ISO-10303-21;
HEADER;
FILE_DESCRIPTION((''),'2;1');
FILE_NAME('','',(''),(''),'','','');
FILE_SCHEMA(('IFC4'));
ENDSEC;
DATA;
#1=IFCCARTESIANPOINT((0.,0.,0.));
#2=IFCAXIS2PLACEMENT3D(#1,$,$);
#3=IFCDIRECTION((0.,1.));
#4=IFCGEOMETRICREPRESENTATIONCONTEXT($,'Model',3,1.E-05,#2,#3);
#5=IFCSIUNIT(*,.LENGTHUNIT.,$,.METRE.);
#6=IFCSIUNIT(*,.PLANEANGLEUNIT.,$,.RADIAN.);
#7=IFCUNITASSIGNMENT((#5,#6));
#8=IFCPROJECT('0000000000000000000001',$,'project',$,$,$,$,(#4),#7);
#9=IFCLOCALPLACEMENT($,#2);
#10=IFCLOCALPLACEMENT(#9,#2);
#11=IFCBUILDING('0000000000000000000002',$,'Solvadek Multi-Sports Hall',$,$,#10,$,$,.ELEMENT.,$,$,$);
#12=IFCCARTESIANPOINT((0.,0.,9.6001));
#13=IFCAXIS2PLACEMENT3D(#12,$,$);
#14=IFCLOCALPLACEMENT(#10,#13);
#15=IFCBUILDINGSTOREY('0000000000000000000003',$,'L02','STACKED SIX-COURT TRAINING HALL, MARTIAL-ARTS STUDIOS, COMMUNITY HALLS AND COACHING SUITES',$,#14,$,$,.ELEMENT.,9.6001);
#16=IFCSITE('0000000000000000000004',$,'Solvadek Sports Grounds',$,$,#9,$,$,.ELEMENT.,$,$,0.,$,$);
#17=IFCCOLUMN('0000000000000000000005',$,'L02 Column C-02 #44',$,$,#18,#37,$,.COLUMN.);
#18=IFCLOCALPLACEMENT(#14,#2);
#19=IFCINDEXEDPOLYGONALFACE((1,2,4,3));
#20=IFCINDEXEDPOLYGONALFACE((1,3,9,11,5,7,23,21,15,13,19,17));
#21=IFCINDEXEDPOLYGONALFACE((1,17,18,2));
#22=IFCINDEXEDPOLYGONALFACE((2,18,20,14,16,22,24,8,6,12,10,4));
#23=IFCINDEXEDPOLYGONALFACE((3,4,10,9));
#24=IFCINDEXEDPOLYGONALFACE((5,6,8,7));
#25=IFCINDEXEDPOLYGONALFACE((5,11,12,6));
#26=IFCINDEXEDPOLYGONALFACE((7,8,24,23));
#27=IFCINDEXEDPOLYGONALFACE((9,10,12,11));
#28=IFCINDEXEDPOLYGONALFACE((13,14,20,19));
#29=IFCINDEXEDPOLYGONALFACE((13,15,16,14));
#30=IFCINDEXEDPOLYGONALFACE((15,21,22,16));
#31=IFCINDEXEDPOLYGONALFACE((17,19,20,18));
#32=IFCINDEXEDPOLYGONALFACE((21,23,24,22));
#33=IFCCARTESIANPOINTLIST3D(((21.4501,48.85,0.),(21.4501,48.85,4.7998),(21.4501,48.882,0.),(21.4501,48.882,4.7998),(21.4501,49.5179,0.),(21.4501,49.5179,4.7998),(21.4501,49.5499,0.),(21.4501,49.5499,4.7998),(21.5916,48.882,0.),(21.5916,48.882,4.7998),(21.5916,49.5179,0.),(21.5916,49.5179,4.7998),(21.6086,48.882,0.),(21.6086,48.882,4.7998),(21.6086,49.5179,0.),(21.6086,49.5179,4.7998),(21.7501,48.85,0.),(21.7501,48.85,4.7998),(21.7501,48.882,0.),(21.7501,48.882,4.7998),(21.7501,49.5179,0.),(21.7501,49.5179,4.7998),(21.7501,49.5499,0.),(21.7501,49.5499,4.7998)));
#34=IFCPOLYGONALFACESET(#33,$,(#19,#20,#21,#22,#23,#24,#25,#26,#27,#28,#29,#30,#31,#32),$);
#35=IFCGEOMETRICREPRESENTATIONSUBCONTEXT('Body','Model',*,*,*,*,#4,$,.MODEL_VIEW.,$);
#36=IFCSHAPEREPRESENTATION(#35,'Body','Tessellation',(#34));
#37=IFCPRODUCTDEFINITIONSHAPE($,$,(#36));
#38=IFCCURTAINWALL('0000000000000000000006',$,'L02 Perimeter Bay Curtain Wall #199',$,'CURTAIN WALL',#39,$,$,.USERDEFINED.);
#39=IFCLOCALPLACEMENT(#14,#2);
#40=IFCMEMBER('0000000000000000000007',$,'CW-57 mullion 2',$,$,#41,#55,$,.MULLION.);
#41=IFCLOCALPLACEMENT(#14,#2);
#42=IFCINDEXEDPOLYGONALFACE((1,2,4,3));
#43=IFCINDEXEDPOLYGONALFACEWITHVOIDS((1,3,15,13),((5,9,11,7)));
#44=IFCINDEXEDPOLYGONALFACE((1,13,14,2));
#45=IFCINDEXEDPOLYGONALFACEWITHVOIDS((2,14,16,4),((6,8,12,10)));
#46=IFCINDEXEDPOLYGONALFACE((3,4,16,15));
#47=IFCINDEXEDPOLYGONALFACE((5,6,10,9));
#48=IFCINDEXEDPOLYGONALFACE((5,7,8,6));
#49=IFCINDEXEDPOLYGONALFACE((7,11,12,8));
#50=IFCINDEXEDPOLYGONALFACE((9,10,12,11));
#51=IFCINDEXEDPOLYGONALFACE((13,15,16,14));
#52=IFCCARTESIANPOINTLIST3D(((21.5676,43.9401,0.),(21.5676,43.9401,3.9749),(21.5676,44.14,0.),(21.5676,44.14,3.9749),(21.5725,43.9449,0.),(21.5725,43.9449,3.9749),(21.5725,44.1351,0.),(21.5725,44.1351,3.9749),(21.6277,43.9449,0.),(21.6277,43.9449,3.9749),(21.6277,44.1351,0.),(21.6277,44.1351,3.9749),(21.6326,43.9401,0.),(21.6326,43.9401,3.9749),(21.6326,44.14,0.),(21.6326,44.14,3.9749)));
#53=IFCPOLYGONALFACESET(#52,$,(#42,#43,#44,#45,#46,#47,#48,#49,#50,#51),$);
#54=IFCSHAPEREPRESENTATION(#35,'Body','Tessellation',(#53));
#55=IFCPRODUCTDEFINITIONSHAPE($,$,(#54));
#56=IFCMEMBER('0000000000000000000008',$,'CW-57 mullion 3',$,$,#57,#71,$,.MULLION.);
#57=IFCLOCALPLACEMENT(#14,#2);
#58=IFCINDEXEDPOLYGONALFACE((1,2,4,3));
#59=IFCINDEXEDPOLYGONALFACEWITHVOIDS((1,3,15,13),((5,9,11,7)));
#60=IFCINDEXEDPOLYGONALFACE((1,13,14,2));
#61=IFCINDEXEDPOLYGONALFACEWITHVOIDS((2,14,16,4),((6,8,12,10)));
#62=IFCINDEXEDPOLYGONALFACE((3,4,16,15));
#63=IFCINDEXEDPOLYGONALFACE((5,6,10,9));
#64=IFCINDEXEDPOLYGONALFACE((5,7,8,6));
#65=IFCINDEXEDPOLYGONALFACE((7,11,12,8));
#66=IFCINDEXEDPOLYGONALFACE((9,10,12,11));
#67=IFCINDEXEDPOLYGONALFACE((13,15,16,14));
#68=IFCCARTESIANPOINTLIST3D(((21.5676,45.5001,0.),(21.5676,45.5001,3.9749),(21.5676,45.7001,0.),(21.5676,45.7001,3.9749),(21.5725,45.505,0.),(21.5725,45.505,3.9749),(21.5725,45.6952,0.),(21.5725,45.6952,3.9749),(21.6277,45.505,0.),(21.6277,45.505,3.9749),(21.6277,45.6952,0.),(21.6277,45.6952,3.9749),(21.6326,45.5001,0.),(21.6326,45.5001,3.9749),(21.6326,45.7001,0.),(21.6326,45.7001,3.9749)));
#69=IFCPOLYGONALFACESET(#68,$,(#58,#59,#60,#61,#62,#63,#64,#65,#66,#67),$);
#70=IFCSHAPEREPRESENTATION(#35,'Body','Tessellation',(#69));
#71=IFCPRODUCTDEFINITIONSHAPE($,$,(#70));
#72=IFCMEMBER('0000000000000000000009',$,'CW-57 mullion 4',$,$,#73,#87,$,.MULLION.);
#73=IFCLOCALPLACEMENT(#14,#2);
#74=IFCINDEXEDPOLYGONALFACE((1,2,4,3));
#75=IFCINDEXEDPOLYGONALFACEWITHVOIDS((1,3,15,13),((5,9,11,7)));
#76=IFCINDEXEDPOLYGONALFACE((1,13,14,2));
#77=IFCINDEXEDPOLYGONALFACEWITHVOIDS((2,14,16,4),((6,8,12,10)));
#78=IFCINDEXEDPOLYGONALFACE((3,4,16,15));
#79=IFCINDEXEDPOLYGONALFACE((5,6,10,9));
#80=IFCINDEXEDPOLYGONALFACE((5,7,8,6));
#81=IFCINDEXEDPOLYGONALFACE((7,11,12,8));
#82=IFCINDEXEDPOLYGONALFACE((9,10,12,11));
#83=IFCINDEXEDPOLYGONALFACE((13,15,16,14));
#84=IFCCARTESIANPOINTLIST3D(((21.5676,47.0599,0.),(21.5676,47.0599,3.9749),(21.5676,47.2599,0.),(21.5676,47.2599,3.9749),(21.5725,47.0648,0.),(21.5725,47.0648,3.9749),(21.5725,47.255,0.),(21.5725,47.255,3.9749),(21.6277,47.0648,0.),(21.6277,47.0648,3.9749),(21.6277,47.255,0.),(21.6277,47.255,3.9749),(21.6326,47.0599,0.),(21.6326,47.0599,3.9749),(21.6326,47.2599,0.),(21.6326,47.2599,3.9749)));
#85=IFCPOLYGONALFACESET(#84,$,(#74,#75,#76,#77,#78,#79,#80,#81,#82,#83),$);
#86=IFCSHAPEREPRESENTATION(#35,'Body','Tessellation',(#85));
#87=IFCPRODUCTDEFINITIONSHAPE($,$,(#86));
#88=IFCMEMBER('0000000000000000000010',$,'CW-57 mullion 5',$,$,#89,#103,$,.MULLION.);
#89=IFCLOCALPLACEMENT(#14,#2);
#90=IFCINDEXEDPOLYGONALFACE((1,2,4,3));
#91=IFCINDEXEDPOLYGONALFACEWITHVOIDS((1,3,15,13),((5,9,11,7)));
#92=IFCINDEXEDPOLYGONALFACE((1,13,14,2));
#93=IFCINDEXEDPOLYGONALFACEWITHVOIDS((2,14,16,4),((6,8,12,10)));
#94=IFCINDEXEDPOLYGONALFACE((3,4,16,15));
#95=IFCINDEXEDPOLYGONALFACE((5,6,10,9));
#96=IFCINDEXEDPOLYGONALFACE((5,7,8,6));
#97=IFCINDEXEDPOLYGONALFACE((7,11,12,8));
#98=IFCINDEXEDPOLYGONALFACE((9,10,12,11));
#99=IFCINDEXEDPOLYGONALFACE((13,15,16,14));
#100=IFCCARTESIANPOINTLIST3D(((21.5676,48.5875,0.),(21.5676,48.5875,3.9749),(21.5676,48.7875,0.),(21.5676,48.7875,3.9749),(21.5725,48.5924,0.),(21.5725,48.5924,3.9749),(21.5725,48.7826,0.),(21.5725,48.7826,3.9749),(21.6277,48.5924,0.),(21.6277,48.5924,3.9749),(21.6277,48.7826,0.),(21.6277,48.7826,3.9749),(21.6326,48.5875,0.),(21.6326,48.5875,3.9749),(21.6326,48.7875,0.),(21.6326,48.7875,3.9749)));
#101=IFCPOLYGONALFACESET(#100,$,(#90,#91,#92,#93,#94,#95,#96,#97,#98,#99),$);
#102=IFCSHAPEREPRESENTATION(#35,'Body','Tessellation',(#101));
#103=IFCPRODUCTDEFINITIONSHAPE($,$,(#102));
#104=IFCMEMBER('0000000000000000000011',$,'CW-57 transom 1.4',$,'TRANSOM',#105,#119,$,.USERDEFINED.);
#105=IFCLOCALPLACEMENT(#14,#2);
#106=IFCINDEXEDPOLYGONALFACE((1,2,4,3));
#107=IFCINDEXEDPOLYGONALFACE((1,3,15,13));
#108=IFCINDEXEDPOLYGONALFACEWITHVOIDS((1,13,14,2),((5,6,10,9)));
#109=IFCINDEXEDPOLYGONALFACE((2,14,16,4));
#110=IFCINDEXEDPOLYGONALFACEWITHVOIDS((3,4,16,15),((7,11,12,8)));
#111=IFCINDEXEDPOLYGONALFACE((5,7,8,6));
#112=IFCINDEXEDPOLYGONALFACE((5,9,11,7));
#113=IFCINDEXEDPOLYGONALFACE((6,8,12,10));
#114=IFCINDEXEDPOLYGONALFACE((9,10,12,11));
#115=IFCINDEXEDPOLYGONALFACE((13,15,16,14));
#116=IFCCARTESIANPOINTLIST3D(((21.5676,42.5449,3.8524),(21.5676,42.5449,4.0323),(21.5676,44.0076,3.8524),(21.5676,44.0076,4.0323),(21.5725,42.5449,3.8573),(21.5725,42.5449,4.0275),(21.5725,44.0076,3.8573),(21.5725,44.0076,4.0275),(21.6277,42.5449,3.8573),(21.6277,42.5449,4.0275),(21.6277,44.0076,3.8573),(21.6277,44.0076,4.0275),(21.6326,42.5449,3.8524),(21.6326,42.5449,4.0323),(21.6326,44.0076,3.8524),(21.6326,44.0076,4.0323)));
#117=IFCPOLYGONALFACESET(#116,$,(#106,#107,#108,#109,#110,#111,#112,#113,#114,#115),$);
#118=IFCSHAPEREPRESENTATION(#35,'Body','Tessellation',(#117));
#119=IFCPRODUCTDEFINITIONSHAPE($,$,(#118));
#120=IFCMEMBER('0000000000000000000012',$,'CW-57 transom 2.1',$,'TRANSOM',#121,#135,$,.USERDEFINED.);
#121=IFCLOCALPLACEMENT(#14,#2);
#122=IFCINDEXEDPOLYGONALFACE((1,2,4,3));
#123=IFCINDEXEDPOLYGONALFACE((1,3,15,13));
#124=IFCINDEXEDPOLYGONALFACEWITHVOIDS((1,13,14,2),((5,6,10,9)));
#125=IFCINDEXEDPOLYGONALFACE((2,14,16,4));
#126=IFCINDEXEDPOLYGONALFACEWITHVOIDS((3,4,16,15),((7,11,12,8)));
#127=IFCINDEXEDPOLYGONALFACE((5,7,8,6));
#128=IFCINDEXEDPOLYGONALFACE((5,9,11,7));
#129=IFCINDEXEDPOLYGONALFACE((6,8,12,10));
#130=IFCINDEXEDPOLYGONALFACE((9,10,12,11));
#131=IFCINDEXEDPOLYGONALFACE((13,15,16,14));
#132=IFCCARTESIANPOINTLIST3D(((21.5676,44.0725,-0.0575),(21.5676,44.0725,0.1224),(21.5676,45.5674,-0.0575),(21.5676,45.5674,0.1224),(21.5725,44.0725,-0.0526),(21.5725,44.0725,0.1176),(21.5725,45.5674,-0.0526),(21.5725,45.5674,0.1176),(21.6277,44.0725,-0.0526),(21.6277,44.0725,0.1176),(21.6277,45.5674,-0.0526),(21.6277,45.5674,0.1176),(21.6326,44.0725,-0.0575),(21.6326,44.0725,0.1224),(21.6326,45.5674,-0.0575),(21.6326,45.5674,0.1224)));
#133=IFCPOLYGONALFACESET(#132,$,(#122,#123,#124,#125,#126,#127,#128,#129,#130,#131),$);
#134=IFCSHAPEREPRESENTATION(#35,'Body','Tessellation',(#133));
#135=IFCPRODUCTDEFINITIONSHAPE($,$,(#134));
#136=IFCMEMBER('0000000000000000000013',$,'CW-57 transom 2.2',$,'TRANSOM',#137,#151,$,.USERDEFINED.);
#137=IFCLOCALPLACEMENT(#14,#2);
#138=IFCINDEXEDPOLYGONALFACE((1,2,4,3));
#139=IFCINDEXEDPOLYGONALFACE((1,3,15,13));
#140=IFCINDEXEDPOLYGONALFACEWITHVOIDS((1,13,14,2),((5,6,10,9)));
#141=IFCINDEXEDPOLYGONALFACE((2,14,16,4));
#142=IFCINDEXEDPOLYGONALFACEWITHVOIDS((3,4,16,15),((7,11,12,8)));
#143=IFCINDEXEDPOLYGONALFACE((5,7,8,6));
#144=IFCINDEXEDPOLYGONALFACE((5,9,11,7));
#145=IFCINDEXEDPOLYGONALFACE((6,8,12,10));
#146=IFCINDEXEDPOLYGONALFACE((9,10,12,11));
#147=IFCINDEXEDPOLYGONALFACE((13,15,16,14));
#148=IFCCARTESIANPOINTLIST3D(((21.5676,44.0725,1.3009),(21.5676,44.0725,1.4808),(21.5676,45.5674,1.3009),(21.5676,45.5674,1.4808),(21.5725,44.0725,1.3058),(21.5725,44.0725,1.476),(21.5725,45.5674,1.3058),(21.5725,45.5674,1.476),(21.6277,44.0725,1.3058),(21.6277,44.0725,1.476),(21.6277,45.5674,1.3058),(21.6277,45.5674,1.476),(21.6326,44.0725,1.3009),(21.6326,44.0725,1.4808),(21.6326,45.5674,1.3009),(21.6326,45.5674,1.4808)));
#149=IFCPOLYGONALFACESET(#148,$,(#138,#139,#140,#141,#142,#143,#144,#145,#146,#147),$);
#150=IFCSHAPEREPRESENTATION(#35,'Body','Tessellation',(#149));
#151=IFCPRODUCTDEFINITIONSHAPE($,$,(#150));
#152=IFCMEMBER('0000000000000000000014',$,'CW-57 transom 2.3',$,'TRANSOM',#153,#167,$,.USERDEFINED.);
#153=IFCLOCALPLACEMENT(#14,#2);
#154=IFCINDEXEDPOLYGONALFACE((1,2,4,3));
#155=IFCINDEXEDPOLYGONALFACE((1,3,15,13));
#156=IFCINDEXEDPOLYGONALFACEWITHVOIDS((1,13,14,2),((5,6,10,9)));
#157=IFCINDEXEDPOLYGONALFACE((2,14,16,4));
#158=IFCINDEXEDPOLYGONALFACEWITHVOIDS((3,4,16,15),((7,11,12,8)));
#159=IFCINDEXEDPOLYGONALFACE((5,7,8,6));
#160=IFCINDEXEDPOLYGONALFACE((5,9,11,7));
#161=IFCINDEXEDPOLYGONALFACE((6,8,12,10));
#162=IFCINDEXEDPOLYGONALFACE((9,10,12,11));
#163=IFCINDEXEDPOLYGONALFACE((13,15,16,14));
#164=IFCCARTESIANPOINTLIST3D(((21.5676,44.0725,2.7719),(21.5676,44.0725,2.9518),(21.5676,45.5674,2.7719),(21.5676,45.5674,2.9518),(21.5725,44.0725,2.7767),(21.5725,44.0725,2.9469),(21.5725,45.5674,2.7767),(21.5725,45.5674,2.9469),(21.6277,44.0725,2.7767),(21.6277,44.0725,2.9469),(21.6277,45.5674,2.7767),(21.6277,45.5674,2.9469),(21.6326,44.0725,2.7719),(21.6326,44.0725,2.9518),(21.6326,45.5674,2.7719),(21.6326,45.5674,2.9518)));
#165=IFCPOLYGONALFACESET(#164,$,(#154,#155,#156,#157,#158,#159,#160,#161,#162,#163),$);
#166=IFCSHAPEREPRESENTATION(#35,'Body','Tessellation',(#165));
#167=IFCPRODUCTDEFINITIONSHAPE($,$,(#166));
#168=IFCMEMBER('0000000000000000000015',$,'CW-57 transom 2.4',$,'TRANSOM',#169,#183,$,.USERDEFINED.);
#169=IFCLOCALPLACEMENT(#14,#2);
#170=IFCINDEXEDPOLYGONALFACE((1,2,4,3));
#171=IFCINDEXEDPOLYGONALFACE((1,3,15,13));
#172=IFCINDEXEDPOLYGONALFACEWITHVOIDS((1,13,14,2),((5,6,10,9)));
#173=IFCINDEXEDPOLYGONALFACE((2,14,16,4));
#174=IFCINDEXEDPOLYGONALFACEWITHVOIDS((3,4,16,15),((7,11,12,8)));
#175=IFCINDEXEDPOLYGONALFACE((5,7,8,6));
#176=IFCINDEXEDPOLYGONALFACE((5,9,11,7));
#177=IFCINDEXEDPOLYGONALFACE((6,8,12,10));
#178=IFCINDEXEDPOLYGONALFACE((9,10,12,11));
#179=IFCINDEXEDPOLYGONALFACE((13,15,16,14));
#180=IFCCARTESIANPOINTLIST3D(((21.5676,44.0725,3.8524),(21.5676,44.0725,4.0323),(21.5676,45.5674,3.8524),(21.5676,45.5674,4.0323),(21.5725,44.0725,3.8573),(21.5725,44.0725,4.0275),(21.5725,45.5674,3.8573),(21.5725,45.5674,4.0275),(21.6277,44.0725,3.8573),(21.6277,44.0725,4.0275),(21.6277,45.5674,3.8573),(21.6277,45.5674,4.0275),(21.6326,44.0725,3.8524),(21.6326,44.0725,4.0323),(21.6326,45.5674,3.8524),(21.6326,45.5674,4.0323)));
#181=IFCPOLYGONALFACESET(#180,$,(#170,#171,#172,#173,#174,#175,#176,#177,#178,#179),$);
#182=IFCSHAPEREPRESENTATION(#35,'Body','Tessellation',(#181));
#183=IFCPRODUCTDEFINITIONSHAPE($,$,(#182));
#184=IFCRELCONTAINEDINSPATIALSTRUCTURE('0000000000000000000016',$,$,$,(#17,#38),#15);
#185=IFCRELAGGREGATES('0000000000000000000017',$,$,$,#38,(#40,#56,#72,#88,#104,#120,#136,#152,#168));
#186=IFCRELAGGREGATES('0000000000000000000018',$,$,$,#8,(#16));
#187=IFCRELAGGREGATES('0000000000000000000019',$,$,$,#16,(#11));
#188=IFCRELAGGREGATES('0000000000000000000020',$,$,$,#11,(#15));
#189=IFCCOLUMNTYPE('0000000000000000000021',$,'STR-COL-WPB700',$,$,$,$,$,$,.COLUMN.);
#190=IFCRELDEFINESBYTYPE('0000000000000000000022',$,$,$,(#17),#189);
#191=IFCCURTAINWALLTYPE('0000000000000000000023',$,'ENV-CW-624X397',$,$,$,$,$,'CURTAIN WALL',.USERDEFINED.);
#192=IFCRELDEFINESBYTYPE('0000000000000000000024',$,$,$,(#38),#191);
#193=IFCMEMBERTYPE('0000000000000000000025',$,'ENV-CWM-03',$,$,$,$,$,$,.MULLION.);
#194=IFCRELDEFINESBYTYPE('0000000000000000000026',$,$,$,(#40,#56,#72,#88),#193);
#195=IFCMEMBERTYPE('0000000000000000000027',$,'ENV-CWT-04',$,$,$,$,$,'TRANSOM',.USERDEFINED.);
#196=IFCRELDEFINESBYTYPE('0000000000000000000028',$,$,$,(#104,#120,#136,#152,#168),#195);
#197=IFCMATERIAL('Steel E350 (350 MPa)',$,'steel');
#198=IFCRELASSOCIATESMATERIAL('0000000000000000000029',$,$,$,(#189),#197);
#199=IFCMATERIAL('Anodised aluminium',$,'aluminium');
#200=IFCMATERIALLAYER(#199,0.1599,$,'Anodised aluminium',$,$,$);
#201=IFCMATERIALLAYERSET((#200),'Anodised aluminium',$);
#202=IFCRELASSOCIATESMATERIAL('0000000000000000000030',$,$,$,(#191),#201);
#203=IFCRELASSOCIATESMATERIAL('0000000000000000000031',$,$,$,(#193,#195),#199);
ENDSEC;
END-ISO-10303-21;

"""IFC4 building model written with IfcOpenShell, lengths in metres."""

from ifc_helpers import new_model, si_unit, direction, frame, origin, origin_2d, place, context, subcontext, project, spatial, hollow_rectangle, i_section, extrude, material, layer, layer_set, material_profile, profile_set, type_object, element, aggregate, save


model = new_model("IFC4")

# Units and contexts
model_context = context("Model", 3, precision=1e-05, world=origin(), true_north=direction((0.0, 1.0)))
body_context = subcontext(model_context, "Body", "Model", "MODEL_VIEW")
ifc_project = project(units=[si_unit("LENGTHUNIT", "METRE"), si_unit("PLANEANGLEUNIT", "RADIAN")], contexts=[model_context])

# Site, building, storey
site_placement = place(None, origin())
site = spatial("IfcSite", under=ifc_project, at=site_placement, Name="Solvadek Sports Grounds", CompositionType="ELEMENT", RefElevation=0.0)
building_placement = place(site_placement, origin())
building = spatial("IfcBuilding", under=site, at=building_placement, Name="Solvadek Multi-Sports Hall", CompositionType="ELEMENT")
storey_placement = place(building_placement, frame((0.0, 0.0, 9.6001)))
storey = spatial("IfcBuildingStorey", under=building, at=storey_placement, Name="L02", Description="STACKED SIX-COURT TRAINING HALL, MARTIAL-ARTS STUDIOS, COMMUNITY HALLS AND COACHING SUITES", CompositionType="ELEMENT", Elevation=9.6001)

# Column
ifc_material_1 = material(Name="Steel E350 (350 MPa)", Category="steel")
ifc_material_profile_1 = material_profile(ifc_material_1, i_section(OverallWidth=0.3, OverallDepth=0.7, WebThickness=0.0171, FlangeThickness=0.032, at=origin_2d()), Name="WPB 700")
ifc_profile_set_1 = profile_set([ifc_material_profile_1], Name="Steel E350 (350 MPa)")
column_type = type_object("IfcColumnType", Name="STR-COL-WPB700", PredefinedType="COLUMN", material=ifc_profile_set_1)
column_placement = place(storey_placement, frame((21.6001, 49.2, 0.0), z_axis=(0.0, 0.0, 1.0), x_axis=(1.0, 0.0, 0.0)))
element("IfcColumn", 1, at=column_placement, inside=storey, type_object=column_type, Name="L02 Column C-02 #44", PredefinedType="COLUMN", context=body_context, shape_type="SweptSolid", body=[
    extrude(i_section(OverallWidth=0.3, OverallDepth=0.7, WebThickness=0.0171, FlangeThickness=0.032, at=origin_2d()), origin(), (0.0, 0.0, 1.0), 4.7998),
])

# Curtain wall, members
ifc_material_2 = material(Name="Anodised aluminium", Category="aluminium")
ifc_layer_1 = layer(ifc_material_2, 0.1599, Name="Anodised aluminium")
ifc_layer_set_1 = layer_set([ifc_layer_1], Name="Anodised aluminium")
curtain_wall_type = type_object("IfcCurtainWallType", Name="ENV-CW-624X397", ElementType="CURTAIN WALL", PredefinedType="USERDEFINED", material=ifc_layer_set_1)
curtain_wall_placement = place(storey_placement, origin())
curtain_wall = element("IfcCurtainWall", 2, at=curtain_wall_placement, inside=storey, type_object=curtain_wall_type, Name="L02 Perimeter Bay Curtain Wall #199", ObjectType="CURTAIN WALL", PredefinedType="USERDEFINED")
ifc_material_profile_2 = material_profile(ifc_material_2, hollow_rectangle(XDim=0.0649, YDim=0.2, WallThickness=0.0049, at=origin_2d()), Name="ALU-M 200x65x5")
ifc_profile_set_2 = profile_set([ifc_material_profile_2], Name="Anodised aluminium")
member_type_1 = type_object("IfcMemberType", Name="ENV-CWM-03", PredefinedType="MULLION", material=ifc_profile_set_2)
member_1_placement = place(storey_placement, frame((21.6001, 44.04, 0.0), z_axis=(0.0, 0.0, 1.0), x_axis=(-1.0, 0.0, 0.0)))
member_1 = element("IfcMember", 3, at=member_1_placement, type_object=member_type_1, Name="CW-57 mullion 2", PredefinedType="MULLION", context=body_context, shape_type="SweptSolid", body=[
    extrude(hollow_rectangle(XDim=0.0649, YDim=0.2, WallThickness=0.0049, at=origin_2d()), origin(), (0.0, 0.0, 1.0), 3.9749),
])
member_2_placement = place(storey_placement, frame((21.6001, 45.6001, 0.0), z_axis=(0.0, 0.0, 1.0), x_axis=(-1.0, 0.0, 0.0)))
member_2 = element("IfcMember", 4, at=member_2_placement, type_object=member_type_1, Name="CW-57 mullion 3", PredefinedType="MULLION", context=body_context, shape_type="SweptSolid", body=[
    extrude(hollow_rectangle(XDim=0.0649, YDim=0.2, WallThickness=0.0049, at=origin_2d()), origin(), (0.0, 0.0, 1.0), 3.9749),
])
member_3_placement = place(storey_placement, frame((21.6001, 47.1599, 0.0), z_axis=(0.0, 0.0, 1.0), x_axis=(-1.0, 0.0, 0.0)))
member_3 = element("IfcMember", 5, at=member_3_placement, type_object=member_type_1, Name="CW-57 mullion 4", PredefinedType="MULLION", context=body_context, shape_type="SweptSolid", body=[
    extrude(hollow_rectangle(XDim=0.0649, YDim=0.2, WallThickness=0.0049, at=origin_2d()), origin(), (0.0, 0.0, 1.0), 3.9749),
])
member_4_placement = place(storey_placement, frame((21.6001, 48.6875, 0.0), z_axis=(0.0, 0.0, 1.0), x_axis=(-1.0, 0.0, 0.0)))
member_4 = element("IfcMember", 6, at=member_4_placement, type_object=member_type_1, Name="CW-57 mullion 5", PredefinedType="MULLION", context=body_context, shape_type="SweptSolid", body=[
    extrude(hollow_rectangle(XDim=0.0649, YDim=0.2, WallThickness=0.0049, at=origin_2d()), origin(), (0.0, 0.0, 1.0), 3.9749),
])
ifc_material_profile_3 = material_profile(ifc_material_2, hollow_rectangle(XDim=0.0649, YDim=0.1799, WallThickness=0.0049, at=origin_2d()), Name="ALU-T 180x65x5")
ifc_profile_set_3 = profile_set([ifc_material_profile_3], Name="Anodised aluminium")
member_type_2 = type_object("IfcMemberType", Name="ENV-CWT-04", ElementType="TRANSOM", PredefinedType="USERDEFINED", material=ifc_profile_set_3)
member_5_placement = place(storey_placement, frame((21.6001, 42.5449, 3.9424), z_axis=(0.0, 1.0, 0.0), x_axis=(-1.0, 0.0, 0.0)))
member_5 = element("IfcMember", 7, at=member_5_placement, type_object=member_type_2, Name="CW-57 transom 1.4", ObjectType="TRANSOM", PredefinedType="USERDEFINED", context=body_context, shape_type="SweptSolid", body=[
    extrude(hollow_rectangle(XDim=0.0649, YDim=0.1799, WallThickness=0.0049, at=origin_2d()), origin(), (0.0, 0.0, 1.0), 1.4626),
])
member_6_placement = place(storey_placement, frame((21.6001, 44.0725, 0.0325), z_axis=(0.0, 1.0, 0.0), x_axis=(-1.0, 0.0, 0.0)))
member_6 = element("IfcMember", 8, at=member_6_placement, type_object=member_type_2, Name="CW-57 transom 2.1", ObjectType="TRANSOM", PredefinedType="USERDEFINED", context=body_context, shape_type="SweptSolid", body=[
    extrude(hollow_rectangle(XDim=0.0649, YDim=0.1799, WallThickness=0.0049, at=origin_2d()), origin(), (0.0, 0.0, 1.0), 1.4949),
])
member_7_placement = place(storey_placement, frame((21.6001, 44.0725, 1.3909), z_axis=(0.0, 1.0, 0.0), x_axis=(-1.0, 0.0, 0.0)))
member_7 = element("IfcMember", 9, at=member_7_placement, type_object=member_type_2, Name="CW-57 transom 2.2", ObjectType="TRANSOM", PredefinedType="USERDEFINED", context=body_context, shape_type="SweptSolid", body=[
    extrude(hollow_rectangle(XDim=0.0649, YDim=0.1799, WallThickness=0.0049, at=origin_2d()), origin(), (0.0, 0.0, 1.0), 1.4949),
])
member_8_placement = place(storey_placement, frame((21.6001, 44.0725, 2.8618), z_axis=(0.0, 1.0, 0.0), x_axis=(-1.0, 0.0, 0.0)))
member_8 = element("IfcMember", 10, at=member_8_placement, type_object=member_type_2, Name="CW-57 transom 2.3", ObjectType="TRANSOM", PredefinedType="USERDEFINED", context=body_context, shape_type="SweptSolid", body=[
    extrude(hollow_rectangle(XDim=0.0649, YDim=0.1799, WallThickness=0.0049, at=origin_2d()), origin(), (0.0, 0.0, 1.0), 1.4949),
])
member_9_placement = place(storey_placement, frame((21.6001, 44.0725, 3.9424), z_axis=(0.0, 1.0, 0.0), x_axis=(-1.0, 0.0, 0.0)))
member_9 = element("IfcMember", 11, at=member_9_placement, type_object=member_type_2, Name="CW-57 transom 2.4", ObjectType="TRANSOM", PredefinedType="USERDEFINED", context=body_context, shape_type="SweptSolid", body=[
    extrude(hollow_rectangle(XDim=0.0649, YDim=0.1799, WallThickness=0.0049, at=origin_2d()), origin(), (0.0, 0.0, 1.0), 1.4949),
])
aggregate(curtain_wall, [member_1, member_2, member_3, member_4, member_5, member_6, member_7, member_8, member_9])

save(model, "model.ifc")
